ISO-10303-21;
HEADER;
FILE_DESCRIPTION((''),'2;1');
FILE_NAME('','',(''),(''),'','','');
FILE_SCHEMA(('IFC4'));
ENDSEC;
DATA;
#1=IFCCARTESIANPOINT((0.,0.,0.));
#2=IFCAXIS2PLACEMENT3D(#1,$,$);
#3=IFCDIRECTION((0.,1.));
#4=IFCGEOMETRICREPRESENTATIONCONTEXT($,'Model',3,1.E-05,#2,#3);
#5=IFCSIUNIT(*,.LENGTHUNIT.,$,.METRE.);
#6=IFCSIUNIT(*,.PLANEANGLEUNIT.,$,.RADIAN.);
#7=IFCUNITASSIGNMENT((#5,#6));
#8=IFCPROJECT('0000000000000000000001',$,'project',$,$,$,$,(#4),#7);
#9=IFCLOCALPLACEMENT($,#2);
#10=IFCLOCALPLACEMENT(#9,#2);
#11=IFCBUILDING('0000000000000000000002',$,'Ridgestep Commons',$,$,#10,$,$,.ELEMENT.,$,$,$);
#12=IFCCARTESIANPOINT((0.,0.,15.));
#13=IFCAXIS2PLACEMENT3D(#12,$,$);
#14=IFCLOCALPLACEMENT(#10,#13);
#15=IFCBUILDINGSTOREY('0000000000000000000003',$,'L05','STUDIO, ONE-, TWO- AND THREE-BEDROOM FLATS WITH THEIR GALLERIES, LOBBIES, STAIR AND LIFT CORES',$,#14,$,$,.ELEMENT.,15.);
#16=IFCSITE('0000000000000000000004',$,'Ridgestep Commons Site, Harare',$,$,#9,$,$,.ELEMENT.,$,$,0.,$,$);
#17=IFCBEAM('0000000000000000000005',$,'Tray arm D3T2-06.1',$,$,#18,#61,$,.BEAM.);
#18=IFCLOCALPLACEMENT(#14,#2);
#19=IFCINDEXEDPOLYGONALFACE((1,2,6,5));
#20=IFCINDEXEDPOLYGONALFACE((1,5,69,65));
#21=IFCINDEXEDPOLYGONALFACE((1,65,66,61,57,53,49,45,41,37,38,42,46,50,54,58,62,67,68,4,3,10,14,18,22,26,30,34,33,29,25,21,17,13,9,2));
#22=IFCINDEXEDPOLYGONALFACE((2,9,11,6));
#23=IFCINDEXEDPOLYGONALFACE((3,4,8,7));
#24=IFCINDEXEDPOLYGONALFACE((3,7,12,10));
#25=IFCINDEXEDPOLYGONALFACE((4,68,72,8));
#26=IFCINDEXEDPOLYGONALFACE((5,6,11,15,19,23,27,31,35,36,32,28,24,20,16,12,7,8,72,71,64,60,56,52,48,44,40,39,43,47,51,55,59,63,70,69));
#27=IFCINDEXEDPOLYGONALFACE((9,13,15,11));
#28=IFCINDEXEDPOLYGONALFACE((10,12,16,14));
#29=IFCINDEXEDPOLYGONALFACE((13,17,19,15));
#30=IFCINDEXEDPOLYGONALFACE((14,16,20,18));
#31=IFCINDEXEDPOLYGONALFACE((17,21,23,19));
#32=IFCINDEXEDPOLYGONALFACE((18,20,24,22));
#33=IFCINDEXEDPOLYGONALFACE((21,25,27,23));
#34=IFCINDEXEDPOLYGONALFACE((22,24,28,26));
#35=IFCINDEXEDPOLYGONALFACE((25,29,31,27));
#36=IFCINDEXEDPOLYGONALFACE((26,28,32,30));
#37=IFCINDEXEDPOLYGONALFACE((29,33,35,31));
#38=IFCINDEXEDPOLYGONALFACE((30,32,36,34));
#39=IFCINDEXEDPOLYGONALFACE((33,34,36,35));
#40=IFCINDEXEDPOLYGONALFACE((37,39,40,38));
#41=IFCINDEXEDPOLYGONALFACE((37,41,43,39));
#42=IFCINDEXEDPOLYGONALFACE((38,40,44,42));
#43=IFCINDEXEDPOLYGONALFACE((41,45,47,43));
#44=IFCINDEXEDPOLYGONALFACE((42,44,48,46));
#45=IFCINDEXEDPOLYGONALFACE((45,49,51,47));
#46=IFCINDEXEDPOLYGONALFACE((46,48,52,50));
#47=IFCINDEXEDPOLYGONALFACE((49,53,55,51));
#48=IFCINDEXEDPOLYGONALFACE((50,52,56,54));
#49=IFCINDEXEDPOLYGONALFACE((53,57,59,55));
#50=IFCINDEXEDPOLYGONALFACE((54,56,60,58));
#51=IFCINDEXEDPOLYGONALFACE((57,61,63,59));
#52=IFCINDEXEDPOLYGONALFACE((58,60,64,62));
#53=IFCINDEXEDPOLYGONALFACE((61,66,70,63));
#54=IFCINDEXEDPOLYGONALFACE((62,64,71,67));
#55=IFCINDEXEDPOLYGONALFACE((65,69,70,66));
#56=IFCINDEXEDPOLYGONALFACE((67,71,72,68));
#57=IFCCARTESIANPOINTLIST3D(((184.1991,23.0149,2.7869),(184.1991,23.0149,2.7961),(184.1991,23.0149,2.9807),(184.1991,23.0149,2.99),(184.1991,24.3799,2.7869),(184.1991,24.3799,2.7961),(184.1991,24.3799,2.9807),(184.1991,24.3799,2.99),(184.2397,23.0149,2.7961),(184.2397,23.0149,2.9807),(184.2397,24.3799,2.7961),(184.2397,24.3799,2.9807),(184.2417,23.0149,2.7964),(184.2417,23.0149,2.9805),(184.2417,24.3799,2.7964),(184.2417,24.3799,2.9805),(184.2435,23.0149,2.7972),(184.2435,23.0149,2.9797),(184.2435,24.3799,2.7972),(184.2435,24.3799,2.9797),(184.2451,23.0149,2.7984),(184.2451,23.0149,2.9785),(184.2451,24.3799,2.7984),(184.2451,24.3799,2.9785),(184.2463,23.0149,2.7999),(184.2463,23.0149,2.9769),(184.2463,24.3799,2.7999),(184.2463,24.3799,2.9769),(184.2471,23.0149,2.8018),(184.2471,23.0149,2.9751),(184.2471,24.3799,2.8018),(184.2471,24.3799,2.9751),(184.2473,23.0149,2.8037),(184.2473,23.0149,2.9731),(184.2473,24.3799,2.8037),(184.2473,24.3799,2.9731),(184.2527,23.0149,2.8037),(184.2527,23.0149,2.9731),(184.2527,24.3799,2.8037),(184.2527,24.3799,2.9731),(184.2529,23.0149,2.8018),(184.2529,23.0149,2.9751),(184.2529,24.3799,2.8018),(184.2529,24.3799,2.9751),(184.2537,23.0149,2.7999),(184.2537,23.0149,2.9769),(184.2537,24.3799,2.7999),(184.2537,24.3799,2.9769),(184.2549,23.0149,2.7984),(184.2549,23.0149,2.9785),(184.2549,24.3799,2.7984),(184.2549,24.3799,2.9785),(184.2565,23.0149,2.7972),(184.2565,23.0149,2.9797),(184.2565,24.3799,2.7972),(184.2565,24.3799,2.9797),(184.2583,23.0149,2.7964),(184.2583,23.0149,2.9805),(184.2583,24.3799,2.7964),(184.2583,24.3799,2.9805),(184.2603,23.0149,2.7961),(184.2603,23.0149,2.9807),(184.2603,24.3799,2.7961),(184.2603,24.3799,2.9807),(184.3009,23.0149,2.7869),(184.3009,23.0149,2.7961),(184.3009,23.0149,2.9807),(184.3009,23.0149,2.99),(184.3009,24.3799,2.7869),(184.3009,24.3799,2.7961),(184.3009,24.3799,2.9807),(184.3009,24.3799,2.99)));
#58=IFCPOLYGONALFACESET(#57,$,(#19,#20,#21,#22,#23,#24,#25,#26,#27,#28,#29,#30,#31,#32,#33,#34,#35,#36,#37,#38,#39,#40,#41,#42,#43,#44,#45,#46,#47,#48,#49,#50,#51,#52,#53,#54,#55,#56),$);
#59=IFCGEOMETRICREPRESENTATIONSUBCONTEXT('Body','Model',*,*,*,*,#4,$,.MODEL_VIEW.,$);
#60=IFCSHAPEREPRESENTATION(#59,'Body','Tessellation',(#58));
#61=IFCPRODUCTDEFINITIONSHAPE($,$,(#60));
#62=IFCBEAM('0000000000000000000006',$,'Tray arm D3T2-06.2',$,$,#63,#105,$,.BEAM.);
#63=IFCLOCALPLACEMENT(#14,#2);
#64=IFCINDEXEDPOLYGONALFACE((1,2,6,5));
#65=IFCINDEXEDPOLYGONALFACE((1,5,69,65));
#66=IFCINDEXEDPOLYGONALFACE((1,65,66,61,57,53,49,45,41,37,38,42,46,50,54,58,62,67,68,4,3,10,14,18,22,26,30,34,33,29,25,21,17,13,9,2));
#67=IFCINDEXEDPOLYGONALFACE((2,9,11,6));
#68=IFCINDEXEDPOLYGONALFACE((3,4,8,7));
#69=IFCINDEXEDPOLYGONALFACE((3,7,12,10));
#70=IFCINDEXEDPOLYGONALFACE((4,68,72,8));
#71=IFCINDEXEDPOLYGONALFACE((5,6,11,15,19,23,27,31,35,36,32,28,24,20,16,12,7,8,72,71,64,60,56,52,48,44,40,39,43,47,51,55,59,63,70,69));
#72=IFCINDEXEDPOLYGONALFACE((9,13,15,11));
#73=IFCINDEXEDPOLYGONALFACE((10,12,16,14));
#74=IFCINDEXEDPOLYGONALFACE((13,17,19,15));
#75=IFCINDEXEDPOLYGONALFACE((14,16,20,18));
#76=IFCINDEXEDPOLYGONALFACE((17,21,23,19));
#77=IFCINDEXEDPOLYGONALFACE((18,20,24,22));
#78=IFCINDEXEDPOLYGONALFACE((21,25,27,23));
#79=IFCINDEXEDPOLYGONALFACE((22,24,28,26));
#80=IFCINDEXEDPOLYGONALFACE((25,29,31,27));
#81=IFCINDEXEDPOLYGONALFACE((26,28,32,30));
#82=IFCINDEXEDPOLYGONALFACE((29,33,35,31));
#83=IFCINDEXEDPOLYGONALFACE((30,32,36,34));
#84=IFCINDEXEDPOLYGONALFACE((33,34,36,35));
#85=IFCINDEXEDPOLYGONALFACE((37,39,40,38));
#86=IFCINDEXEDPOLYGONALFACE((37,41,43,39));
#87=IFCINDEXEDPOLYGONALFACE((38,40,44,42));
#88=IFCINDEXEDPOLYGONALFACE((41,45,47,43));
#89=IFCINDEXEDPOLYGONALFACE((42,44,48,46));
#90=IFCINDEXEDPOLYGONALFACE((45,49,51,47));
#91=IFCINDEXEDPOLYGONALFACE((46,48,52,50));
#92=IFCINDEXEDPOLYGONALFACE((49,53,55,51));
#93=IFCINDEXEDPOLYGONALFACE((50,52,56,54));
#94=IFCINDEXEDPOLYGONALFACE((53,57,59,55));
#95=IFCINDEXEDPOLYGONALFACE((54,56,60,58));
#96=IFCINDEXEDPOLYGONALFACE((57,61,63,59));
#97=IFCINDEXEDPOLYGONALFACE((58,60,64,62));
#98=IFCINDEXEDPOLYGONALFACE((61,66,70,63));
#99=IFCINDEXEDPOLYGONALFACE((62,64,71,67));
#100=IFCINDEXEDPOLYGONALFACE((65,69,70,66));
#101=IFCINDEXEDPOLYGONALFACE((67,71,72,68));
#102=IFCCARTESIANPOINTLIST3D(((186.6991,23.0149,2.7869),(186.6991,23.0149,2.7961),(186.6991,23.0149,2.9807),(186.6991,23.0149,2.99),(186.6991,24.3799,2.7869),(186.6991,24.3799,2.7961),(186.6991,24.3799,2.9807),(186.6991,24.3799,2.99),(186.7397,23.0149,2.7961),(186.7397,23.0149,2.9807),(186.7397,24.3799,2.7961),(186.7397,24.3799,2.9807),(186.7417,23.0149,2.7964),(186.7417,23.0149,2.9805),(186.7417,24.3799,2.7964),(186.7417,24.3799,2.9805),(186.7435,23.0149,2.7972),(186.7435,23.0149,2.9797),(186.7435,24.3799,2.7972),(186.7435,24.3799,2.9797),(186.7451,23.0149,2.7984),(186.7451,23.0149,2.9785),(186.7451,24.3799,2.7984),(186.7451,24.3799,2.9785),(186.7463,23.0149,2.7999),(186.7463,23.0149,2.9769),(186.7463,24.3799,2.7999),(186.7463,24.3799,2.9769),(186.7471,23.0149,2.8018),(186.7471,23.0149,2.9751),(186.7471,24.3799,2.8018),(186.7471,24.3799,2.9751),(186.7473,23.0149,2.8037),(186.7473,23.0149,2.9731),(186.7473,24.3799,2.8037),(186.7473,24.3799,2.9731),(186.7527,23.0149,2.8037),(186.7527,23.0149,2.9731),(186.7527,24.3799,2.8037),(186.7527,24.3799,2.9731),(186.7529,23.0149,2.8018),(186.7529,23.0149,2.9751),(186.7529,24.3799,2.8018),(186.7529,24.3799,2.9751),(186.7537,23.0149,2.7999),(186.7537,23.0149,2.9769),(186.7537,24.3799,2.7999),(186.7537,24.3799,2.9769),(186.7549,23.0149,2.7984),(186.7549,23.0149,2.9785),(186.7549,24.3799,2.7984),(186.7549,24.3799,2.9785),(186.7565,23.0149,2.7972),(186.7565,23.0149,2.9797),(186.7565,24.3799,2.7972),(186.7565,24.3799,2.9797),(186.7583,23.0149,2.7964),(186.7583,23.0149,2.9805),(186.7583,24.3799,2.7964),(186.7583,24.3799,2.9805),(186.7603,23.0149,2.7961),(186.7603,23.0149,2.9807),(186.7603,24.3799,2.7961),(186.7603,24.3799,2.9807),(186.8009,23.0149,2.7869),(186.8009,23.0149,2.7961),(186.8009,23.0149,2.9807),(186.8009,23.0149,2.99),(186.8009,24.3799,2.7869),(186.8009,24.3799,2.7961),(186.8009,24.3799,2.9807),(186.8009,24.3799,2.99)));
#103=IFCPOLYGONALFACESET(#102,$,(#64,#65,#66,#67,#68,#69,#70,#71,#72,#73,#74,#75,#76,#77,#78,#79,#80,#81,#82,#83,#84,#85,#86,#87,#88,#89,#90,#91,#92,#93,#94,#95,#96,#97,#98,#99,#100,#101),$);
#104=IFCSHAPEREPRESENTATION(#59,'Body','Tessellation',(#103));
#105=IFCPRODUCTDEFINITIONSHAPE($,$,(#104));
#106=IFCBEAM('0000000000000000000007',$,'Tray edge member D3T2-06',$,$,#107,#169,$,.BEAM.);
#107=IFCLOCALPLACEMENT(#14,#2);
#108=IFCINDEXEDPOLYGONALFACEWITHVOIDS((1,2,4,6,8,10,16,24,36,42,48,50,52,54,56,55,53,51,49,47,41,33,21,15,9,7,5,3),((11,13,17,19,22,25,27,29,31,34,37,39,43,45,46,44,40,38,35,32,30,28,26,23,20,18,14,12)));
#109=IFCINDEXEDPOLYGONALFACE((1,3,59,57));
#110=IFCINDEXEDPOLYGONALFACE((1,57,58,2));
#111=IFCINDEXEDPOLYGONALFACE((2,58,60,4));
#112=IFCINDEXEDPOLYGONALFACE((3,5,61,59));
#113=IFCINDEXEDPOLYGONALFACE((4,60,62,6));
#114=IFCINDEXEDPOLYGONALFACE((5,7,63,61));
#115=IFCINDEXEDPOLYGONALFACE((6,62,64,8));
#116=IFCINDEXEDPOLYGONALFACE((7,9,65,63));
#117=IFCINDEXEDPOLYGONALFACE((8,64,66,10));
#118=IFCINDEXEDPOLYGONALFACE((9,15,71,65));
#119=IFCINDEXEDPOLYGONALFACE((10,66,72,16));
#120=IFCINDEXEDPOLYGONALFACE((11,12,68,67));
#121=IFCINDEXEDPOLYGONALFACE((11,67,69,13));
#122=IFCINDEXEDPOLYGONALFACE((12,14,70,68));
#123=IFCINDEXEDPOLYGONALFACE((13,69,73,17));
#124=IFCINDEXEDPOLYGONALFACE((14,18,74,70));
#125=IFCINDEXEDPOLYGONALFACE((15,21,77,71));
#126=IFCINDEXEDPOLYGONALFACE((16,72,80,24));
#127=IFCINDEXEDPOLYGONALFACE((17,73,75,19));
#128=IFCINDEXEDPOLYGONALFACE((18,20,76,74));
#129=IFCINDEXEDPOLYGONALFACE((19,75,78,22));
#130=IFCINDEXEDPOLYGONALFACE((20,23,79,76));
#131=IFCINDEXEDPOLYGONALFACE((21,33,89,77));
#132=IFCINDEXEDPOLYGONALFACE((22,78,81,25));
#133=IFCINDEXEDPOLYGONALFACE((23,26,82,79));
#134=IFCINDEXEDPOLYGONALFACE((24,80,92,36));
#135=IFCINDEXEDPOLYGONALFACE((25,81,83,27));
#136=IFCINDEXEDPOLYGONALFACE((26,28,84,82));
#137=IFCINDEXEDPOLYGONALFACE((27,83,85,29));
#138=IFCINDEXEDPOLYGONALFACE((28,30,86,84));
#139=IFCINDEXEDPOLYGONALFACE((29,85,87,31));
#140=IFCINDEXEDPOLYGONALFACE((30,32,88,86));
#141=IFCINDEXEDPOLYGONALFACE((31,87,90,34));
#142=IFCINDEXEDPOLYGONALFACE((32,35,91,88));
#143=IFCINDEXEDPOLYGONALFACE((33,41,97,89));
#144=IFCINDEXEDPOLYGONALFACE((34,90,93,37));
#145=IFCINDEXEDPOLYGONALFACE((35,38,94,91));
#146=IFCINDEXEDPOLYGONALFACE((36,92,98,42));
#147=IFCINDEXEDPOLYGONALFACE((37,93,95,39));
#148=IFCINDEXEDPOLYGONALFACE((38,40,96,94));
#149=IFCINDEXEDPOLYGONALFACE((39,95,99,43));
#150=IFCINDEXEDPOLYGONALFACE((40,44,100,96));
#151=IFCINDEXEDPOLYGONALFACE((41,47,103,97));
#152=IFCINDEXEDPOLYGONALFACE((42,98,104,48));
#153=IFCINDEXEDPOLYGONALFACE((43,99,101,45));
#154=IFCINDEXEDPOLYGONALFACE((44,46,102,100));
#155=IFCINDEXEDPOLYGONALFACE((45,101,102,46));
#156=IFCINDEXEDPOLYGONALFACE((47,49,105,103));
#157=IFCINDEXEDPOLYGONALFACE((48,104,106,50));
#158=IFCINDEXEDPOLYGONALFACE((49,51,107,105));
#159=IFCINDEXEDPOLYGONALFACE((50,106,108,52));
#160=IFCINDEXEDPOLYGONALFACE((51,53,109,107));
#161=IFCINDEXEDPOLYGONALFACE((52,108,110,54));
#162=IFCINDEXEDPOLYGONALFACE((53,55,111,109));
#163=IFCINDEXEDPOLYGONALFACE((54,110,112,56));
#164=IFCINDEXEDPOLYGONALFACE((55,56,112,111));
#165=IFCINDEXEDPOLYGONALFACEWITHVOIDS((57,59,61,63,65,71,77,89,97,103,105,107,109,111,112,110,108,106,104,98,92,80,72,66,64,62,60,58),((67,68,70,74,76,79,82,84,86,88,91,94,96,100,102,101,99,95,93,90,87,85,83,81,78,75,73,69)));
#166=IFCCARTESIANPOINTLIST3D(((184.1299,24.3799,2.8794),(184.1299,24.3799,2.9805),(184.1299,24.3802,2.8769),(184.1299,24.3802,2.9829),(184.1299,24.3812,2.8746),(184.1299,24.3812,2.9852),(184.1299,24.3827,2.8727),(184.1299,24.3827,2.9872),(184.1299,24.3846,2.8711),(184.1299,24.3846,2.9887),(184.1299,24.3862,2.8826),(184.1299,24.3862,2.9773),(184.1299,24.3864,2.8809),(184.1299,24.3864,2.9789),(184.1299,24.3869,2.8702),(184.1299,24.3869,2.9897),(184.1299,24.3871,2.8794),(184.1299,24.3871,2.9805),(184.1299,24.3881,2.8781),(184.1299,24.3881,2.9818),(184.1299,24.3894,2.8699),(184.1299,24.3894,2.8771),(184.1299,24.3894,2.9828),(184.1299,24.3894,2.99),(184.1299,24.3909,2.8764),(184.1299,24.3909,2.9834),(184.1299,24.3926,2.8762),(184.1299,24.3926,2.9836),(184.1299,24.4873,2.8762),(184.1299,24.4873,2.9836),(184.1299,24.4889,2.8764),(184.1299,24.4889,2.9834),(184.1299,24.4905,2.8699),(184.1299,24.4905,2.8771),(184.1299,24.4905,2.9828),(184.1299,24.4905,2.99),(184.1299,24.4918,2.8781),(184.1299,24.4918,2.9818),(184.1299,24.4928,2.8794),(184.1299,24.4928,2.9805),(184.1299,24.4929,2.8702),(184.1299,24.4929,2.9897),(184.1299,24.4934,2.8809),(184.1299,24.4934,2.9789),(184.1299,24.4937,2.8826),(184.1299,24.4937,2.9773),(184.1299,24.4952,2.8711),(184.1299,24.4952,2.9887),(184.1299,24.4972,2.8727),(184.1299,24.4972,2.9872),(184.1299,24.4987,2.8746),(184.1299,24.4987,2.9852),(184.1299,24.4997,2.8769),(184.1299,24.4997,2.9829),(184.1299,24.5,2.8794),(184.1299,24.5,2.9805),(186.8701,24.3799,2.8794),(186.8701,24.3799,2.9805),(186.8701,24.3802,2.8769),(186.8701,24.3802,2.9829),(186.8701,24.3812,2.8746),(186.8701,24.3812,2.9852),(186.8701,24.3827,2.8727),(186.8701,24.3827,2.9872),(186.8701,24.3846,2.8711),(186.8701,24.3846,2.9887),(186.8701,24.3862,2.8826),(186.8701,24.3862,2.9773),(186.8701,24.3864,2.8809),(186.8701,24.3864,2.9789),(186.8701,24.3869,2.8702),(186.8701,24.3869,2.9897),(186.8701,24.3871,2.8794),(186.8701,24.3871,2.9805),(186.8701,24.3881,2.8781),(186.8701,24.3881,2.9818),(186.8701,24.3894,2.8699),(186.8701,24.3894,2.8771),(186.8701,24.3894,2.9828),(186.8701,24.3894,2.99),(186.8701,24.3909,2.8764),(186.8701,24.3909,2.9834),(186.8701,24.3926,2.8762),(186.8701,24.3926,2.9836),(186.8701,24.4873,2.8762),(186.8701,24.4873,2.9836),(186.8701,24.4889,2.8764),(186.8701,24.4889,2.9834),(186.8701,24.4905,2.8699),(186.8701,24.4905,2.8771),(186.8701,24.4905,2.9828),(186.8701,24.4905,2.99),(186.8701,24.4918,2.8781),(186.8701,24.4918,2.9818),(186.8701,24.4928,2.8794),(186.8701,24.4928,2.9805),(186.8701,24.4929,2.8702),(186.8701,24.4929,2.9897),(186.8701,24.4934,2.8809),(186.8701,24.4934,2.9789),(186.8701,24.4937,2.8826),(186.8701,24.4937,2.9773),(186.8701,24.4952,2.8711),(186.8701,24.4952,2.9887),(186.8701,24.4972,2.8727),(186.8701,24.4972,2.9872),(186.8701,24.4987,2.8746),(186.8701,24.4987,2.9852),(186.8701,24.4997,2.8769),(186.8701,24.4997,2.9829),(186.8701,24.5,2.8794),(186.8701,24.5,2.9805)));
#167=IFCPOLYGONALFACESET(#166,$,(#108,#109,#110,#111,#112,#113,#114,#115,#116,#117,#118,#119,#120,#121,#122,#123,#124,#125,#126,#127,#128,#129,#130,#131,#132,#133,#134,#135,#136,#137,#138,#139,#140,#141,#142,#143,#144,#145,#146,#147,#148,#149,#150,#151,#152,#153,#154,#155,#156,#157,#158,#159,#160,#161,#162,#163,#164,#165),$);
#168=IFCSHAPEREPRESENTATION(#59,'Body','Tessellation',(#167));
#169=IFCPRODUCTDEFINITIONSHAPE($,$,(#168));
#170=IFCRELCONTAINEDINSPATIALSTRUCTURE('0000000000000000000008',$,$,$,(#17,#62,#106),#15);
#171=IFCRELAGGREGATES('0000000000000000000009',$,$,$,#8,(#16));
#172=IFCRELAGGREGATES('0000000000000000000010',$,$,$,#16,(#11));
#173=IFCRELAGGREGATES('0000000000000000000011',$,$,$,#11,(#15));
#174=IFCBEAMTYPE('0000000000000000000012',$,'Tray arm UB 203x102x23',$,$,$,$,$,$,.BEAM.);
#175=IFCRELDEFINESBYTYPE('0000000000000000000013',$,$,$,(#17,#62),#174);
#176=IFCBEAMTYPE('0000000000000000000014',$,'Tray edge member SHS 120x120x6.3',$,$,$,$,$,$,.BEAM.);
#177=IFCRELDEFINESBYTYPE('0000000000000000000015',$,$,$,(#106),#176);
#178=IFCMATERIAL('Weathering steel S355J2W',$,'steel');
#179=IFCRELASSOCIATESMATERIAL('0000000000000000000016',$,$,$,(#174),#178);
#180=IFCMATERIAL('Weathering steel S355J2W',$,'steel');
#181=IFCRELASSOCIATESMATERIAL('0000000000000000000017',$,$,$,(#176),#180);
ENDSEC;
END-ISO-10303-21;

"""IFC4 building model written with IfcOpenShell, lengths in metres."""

from ifc_helpers import new_model, si_unit, direction, frame, origin, origin_2d, place, context, subcontext, project, spatial, hollow_rectangle, i_section, extrude, material, material_profile, profile_set, type_object, element, save


model = new_model("IFC4")

# Units and contexts
model_context = context("Model", 3, precision=1e-05, world=origin(), true_north=direction((0.0, 1.0)))
body_context = subcontext(model_context, "Body", "Model", "MODEL_VIEW")
ifc_project = project(units=[si_unit("LENGTHUNIT", "METRE"), si_unit("PLANEANGLEUNIT", "RADIAN")], contexts=[model_context])

# Site, building, storey
site_placement = place(None, origin())
site = spatial("IfcSite", under=ifc_project, at=site_placement, Name="Ridgestep Commons Site, Harare", CompositionType="ELEMENT", RefElevation=0.0)
building_placement = place(site_placement, origin())
building = spatial("IfcBuilding", under=site, at=building_placement, Name="Ridgestep Commons", CompositionType="ELEMENT")
storey_placement = place(building_placement, frame((0.0, 0.0, 15.0)))
storey = spatial("IfcBuildingStorey", under=building, at=storey_placement, Name="L05", Description="STUDIO, ONE-, TWO- AND THREE-BEDROOM FLATS WITH THEIR GALLERIES, LOBBIES, STAIR AND LIFT CORES", CompositionType="ELEMENT", Elevation=15.0)

# Beams
ifc_material_1 = material(Name="Weathering steel S355J2W", Category="steel")
ifc_material_profile_1 = material_profile(ifc_material_1, i_section(OverallWidth=0.1018, OverallDepth=0.2031, WebThickness=0.0054, FlangeThickness=0.0093, FilletRadius=0.0076, at=origin_2d()), Name="UB 203x102x23")
ifc_profile_set_1 = profile_set([ifc_material_profile_1], Name="Weathering steel S355J2W")
beam_type_1 = type_object("IfcBeamType", Name="Tray arm UB 203x102x23", PredefinedType="BEAM", material=ifc_profile_set_1)
for number, where, z_axis, x_axis, name in (
    (1, (184.25, 23.0149, 2.8884), (0.0, 1.0, 0.0), (-1.0, 0.0, 0.0), "Tray arm D3T2-06.1"),
    (2, (186.75, 23.0149, 2.8884), (0.0, 1.0, 0.0), (-1.0, 0.0, 0.0), "Tray arm D3T2-06.2"),
):
    element("IfcBeam", number, at=place(storey_placement, frame(where, z_axis=z_axis, x_axis=x_axis)), inside=storey, type_object=beam_type_1, Name=name, PredefinedType="BEAM", context=body_context, shape_type="SweptSolid", body=[
        extrude(i_section(OverallWidth=0.1018, OverallDepth=0.2031, WebThickness=0.0054, FlangeThickness=0.0093, FilletRadius=0.0076, at=origin_2d()), origin(), (0.0, 0.0, 1.0), 1.365),
    ])
ifc_material_2 = material(Name="Weathering steel S355J2W", Category="steel")
ifc_material_profile_2 = material_profile(ifc_material_2, hollow_rectangle(XDim=0.1201, YDim=0.1201, WallThickness=0.0063, InnerFilletRadius=0.0063, OuterFilletRadius=0.0095, at=origin_2d()), Name="SHS 120x120x6.3")
ifc_profile_set_2 = profile_set([ifc_material_profile_2], Name="Weathering steel S355J2W")
beam_type_2 = type_object("IfcBeamType", Name="Tray edge member SHS 120x120x6.3", PredefinedType="BEAM", material=ifc_profile_set_2)
beam_placement = place(storey_placement, frame((184.1299, 24.4399, 2.9299), z_axis=(1.0, 0.0, 0.0), x_axis=(0.0, 0.0, 1.0)))
element("IfcBeam", 3, at=beam_placement, inside=storey, type_object=beam_type_2, Name="Tray edge member D3T2-06", PredefinedType="BEAM", context=body_context, shape_type="SweptSolid", body=[
    extrude(hollow_rectangle(XDim=0.1201, YDim=0.1201, WallThickness=0.0063, InnerFilletRadius=0.0063, OuterFilletRadius=0.0095, at=origin_2d()), origin(), (0.0, 0.0, 1.0), 2.7402),
])

save(model, "model.ifc")
